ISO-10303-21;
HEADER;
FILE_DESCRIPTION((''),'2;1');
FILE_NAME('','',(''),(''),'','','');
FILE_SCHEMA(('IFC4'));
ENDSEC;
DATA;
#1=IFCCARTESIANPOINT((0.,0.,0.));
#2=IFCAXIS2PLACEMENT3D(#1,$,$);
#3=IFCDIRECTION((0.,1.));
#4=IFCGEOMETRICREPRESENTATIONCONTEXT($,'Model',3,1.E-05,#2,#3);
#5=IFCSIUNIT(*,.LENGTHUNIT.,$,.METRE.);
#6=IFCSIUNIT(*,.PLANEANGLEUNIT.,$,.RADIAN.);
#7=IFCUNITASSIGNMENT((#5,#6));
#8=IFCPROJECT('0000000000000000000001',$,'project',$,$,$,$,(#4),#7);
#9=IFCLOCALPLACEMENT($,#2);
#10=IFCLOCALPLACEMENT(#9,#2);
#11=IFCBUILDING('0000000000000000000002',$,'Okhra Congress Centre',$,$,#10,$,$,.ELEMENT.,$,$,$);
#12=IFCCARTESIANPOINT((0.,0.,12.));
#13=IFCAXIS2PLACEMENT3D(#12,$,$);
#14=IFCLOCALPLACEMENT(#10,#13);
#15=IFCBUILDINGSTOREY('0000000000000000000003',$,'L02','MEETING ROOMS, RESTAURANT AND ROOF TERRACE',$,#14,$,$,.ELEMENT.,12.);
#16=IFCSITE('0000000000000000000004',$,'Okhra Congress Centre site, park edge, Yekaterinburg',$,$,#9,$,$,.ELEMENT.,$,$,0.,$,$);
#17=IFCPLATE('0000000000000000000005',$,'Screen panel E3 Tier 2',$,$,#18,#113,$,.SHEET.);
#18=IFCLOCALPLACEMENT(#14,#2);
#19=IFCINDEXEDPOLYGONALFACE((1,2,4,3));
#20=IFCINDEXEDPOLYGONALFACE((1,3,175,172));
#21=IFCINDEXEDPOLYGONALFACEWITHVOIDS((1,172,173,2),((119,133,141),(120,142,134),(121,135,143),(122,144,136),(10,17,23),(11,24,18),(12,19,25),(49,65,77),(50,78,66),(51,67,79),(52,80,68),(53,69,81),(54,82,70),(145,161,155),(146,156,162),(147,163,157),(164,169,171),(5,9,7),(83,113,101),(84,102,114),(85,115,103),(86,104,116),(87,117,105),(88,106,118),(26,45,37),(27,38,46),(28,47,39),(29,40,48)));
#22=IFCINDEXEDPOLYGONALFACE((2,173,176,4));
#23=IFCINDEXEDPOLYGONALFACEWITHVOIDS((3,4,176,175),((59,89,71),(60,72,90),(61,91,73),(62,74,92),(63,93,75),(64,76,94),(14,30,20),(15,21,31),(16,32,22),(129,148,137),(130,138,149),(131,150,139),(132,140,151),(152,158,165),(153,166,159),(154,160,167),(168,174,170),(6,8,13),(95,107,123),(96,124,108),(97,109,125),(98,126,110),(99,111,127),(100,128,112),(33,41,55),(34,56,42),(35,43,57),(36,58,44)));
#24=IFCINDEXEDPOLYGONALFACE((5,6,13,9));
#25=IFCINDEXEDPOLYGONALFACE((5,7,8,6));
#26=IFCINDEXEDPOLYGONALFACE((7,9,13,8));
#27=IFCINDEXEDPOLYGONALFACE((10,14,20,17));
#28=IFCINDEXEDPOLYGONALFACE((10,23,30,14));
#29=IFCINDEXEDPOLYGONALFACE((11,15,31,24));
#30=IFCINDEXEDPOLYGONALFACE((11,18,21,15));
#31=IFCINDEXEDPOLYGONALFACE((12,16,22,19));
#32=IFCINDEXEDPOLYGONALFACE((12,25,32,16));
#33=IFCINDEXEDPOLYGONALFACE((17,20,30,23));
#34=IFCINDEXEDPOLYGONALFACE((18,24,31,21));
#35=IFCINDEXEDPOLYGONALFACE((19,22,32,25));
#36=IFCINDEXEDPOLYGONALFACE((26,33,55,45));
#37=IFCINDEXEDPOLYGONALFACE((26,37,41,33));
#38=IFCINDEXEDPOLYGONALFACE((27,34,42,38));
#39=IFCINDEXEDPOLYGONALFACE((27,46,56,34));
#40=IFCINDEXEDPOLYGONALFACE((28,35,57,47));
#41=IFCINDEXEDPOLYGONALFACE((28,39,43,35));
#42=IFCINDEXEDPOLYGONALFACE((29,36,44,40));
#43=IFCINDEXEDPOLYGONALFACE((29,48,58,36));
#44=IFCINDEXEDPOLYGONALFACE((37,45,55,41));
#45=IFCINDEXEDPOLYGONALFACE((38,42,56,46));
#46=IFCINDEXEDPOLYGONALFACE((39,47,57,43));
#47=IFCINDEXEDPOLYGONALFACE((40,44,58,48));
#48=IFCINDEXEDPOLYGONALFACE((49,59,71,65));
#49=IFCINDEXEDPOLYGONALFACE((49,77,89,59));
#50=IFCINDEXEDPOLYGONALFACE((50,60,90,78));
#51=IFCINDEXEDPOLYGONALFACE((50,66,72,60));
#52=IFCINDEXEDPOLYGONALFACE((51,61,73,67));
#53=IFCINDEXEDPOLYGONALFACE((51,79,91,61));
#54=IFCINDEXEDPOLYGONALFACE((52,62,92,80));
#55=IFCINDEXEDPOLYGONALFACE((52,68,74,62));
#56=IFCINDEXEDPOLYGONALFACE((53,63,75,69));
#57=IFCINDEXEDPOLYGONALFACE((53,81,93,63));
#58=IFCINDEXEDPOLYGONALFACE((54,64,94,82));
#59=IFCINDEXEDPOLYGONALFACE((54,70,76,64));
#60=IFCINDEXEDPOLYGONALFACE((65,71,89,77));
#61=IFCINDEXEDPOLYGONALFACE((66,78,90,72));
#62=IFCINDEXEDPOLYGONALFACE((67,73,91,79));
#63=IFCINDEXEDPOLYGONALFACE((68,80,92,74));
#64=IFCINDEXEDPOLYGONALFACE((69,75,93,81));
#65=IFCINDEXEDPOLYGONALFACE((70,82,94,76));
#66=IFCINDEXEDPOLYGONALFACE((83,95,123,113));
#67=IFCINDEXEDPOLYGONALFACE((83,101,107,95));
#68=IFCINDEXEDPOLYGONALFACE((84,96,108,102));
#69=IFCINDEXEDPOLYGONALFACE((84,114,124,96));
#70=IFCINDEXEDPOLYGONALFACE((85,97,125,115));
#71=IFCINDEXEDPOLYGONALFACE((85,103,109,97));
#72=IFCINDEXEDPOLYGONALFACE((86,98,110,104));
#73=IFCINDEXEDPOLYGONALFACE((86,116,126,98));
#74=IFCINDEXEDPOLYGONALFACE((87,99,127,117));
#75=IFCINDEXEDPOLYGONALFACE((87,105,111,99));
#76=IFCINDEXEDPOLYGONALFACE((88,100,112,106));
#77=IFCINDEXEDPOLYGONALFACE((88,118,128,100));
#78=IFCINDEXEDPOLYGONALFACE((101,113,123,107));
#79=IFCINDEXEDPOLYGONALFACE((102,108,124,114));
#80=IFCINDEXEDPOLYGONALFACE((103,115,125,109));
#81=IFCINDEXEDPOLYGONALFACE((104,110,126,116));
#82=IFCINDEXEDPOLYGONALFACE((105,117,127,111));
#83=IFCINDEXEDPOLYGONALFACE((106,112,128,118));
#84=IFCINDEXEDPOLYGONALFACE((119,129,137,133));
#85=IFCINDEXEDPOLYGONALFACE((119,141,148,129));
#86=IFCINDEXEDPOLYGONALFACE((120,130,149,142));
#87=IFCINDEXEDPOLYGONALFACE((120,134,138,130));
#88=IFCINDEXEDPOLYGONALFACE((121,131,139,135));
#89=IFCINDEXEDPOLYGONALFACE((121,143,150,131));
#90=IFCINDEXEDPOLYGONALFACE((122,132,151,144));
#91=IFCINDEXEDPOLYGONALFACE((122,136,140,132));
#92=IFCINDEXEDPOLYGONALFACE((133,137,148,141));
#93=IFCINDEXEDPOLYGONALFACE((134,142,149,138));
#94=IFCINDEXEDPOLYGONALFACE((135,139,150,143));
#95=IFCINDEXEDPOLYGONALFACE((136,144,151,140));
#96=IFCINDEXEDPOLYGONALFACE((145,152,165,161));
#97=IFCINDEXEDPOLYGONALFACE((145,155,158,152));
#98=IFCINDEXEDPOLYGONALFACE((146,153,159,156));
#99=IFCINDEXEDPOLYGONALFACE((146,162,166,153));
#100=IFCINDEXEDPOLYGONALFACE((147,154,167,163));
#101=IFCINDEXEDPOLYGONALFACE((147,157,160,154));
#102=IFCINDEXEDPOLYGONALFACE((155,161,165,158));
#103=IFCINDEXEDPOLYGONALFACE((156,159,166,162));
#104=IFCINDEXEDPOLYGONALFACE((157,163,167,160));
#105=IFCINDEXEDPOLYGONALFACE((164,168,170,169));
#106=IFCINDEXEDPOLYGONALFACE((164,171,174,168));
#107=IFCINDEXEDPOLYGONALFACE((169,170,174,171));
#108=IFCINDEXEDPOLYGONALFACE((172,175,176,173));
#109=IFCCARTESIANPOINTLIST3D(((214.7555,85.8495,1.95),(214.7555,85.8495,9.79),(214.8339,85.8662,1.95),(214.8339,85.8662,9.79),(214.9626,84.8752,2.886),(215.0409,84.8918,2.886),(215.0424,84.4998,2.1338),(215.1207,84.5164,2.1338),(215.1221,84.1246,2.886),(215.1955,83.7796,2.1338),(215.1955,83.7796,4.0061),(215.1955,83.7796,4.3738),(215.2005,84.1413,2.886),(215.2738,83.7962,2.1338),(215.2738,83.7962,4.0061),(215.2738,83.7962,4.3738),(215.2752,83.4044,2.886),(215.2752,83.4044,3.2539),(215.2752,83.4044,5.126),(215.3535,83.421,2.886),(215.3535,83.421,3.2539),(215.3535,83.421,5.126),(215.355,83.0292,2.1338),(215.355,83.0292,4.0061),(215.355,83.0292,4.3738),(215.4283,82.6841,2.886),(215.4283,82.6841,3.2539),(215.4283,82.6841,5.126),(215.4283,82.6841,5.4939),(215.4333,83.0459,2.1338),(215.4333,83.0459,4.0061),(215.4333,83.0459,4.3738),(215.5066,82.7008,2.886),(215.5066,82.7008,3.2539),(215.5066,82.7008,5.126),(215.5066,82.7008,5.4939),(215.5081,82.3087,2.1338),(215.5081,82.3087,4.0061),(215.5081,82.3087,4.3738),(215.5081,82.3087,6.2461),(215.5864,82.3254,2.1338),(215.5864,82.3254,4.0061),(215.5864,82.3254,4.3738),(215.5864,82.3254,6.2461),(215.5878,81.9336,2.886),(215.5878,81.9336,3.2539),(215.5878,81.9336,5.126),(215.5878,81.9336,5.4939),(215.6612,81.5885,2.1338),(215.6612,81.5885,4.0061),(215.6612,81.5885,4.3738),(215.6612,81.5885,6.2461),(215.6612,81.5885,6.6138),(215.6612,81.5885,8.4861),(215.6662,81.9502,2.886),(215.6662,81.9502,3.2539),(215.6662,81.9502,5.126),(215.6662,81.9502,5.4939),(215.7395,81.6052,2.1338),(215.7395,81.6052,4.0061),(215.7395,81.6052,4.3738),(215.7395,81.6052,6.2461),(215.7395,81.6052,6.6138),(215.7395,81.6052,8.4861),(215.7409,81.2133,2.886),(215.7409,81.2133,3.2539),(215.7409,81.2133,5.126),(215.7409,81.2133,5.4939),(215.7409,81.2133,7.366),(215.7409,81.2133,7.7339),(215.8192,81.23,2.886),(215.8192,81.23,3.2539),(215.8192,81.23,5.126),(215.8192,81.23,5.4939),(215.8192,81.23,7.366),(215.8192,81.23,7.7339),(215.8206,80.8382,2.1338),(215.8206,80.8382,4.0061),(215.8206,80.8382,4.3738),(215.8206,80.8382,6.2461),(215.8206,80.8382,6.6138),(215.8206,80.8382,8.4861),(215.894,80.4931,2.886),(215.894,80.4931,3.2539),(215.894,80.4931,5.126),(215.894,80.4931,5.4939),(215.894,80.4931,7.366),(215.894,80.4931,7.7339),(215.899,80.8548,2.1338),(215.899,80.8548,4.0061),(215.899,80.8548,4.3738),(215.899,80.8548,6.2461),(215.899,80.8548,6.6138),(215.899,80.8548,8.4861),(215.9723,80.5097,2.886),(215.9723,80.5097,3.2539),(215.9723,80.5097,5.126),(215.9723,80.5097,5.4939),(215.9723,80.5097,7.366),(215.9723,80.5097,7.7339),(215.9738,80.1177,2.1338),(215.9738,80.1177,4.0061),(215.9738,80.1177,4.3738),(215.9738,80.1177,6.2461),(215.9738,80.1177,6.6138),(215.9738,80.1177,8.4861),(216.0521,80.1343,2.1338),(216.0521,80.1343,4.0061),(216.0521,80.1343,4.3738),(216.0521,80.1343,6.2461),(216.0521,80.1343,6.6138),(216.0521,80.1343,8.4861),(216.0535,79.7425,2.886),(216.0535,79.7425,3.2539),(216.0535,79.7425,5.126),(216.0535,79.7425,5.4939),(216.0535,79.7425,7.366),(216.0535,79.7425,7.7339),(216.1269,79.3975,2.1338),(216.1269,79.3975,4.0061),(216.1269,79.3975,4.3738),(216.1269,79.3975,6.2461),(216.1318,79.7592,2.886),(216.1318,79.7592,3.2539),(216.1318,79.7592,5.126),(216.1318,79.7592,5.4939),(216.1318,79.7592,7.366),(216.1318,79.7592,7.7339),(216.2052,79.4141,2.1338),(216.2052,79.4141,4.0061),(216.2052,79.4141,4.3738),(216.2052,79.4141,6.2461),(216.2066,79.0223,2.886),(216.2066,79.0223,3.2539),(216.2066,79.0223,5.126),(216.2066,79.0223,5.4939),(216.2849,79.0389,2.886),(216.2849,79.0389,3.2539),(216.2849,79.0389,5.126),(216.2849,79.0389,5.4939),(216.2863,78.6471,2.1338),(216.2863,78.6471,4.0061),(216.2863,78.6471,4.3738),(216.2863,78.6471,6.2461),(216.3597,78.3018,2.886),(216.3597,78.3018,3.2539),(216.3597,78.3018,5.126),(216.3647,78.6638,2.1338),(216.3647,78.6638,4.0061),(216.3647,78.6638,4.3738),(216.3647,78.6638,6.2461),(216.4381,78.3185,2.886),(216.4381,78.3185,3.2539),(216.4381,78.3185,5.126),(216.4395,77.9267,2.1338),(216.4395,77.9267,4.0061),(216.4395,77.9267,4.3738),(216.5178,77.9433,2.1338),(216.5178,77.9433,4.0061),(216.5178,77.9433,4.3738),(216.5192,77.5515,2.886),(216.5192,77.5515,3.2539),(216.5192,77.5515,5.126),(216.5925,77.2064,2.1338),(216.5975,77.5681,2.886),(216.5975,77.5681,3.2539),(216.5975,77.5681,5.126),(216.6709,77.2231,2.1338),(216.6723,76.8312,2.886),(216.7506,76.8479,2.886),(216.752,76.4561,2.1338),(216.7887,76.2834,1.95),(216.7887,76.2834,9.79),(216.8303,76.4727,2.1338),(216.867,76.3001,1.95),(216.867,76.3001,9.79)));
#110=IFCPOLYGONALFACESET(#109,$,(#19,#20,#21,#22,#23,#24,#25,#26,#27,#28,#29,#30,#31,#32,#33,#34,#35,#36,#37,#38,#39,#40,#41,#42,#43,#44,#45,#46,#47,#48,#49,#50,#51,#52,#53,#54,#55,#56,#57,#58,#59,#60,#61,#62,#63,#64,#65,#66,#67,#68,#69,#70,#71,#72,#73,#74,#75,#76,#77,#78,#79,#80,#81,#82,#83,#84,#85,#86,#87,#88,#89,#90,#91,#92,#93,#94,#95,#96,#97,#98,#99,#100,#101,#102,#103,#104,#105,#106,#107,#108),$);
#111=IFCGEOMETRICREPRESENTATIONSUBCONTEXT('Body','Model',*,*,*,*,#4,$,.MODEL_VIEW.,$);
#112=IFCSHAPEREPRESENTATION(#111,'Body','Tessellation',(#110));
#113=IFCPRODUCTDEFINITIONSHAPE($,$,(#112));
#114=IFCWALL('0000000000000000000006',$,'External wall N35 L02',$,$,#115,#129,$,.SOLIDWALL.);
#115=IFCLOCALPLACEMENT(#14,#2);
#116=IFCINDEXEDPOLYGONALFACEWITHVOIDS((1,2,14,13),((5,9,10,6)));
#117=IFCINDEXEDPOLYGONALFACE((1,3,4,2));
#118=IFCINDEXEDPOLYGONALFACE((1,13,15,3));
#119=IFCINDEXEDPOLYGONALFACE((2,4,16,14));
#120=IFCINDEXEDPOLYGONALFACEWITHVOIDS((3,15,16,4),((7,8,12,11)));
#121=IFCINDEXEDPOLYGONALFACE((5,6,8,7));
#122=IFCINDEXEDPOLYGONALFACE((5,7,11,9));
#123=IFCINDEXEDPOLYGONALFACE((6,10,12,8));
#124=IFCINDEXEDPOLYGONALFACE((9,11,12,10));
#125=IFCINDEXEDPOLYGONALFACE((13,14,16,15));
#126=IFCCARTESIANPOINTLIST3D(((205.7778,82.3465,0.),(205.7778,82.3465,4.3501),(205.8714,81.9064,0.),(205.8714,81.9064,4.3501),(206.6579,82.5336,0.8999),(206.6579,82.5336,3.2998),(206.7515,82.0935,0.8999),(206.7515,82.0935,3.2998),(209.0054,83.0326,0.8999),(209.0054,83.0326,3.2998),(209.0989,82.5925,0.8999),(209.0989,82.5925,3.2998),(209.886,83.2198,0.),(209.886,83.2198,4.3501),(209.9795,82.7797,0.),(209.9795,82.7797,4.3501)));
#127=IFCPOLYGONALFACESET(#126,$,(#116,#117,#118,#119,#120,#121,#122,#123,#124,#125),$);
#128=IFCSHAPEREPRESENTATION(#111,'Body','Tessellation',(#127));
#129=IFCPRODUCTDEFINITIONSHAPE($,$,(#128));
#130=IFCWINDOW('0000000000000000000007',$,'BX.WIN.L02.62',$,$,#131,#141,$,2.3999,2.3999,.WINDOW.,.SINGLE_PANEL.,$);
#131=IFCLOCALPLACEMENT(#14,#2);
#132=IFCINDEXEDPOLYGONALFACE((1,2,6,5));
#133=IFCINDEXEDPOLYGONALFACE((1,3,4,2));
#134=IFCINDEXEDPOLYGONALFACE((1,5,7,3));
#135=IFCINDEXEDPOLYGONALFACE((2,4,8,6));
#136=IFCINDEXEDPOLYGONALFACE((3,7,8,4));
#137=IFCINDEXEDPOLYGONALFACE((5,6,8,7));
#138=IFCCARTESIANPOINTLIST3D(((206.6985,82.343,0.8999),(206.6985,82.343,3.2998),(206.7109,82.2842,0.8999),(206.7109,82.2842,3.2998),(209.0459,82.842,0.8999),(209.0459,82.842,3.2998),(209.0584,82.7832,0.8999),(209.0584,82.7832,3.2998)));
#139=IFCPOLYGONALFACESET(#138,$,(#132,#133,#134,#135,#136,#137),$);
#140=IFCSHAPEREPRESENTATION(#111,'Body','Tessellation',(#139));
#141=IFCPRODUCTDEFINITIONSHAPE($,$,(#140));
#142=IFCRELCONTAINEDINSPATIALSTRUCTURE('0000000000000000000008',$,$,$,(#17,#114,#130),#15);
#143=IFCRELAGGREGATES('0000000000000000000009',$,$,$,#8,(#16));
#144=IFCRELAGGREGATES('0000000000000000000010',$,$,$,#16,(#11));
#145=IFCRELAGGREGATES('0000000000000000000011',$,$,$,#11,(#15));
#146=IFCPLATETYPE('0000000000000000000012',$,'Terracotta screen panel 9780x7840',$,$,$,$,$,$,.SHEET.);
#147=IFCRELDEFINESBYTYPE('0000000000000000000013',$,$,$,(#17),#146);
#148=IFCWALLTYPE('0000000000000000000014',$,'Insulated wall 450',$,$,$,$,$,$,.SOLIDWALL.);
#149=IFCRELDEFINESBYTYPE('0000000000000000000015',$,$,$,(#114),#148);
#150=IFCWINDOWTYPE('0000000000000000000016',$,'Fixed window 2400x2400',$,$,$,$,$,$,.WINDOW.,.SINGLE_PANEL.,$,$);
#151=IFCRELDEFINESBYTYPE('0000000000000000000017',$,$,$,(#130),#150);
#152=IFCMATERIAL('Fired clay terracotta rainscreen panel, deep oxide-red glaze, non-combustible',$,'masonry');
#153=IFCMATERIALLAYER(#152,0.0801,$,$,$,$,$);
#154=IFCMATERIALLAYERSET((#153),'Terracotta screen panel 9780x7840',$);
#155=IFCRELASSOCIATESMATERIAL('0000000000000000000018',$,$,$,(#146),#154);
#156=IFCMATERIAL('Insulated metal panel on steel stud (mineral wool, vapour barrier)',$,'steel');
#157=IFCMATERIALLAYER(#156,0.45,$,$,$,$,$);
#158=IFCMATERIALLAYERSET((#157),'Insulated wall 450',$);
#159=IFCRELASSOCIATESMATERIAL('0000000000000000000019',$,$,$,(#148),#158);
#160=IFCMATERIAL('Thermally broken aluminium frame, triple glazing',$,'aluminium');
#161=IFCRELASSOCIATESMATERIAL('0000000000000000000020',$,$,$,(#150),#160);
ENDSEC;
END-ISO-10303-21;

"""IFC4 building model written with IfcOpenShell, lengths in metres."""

from ifc_helpers import new_model, si_unit, direction, frame, frame_2d, origin, place, context, subcontext, project, spatial, polyline, rectangle, outline, extrude, material, layer, layer_set, type_object, element, fill, save


model = new_model("IFC4")

# Units and contexts
model_context = context("Model", 3, precision=1e-05, world=origin(), true_north=direction((0.0, 1.0)))
body_context = subcontext(model_context, "Body", "Model", "MODEL_VIEW")
ifc_project = project(units=[si_unit("LENGTHUNIT", "METRE"), si_unit("PLANEANGLEUNIT", "RADIAN")], contexts=[model_context])

# Site, building, storey
site_placement = place(None, origin())
site = spatial("IfcSite", under=ifc_project, at=site_placement, Name="Okhra Congress Centre site, park edge, Yekaterinburg", CompositionType="ELEMENT", RefElevation=0.0)
building_placement = place(site_placement, origin())
building = spatial("IfcBuilding", under=site, at=building_placement, Name="Okhra Congress Centre", CompositionType="ELEMENT")
storey_placement = place(building_placement, frame((0.0, 0.0, 12.0)))
storey = spatial("IfcBuildingStorey", under=building, at=storey_placement, Name="L02", Description="MEETING ROOMS, RESTAURANT AND ROOF TERRACE", CompositionType="ELEMENT", Elevation=12.0)

# Plate
ifc_material_1 = material(Name="Fired clay terracotta rainscreen panel, deep oxide-red glaze, non-combustible", Category="masonry")
ifc_layer_1 = layer(ifc_material_1, 0.0801)
ifc_layer_set_1 = layer_set([ifc_layer_1], Name="Terracotta screen panel 9780x7840")
plate_type_1 = type_object("IfcPlateType", Name="Terracotta screen panel 9780x7840", PredefinedType="SHEET", material=ifc_layer_set_1)
plate_1_placement = place(storey_placement, frame((216.8279, 76.2917, 1.95), z_axis=(0.0, 0.0, 1.0), x_axis=(-0.207897, 0.978151, 0.0)))
element("IfcPlate", 1, at=plate_1_placement, inside=storey, type_object=plate_type_1, Name="Screen panel E3 Tier 2", PredefinedType="SHEET", context=body_context, shape_type="SweptSolid", body=[
    extrude(outline(polyline([(0.0, 0.0), (9.7798, 0.0), (9.7798, 7.8401), (0.0, 7.8401), (0.0, 0.0)]), holes=[polyline([(0.1765, 0.1838), (0.9436, 0.1838), (0.5601, 0.936), (0.1765, 0.1838)]), polyline([(1.2964, 0.936), (1.6799, 0.1838), (2.0635, 0.936), (1.2964, 0.936)]), polyline([(2.4165, 0.1838), (3.1836, 0.1838), (2.8, 0.936), (2.4165, 0.1838)]), polyline([(3.5364, 0.936), (3.9199, 0.1838), (4.3037, 0.936), (3.5364, 0.936)]), polyline([(4.6565, 0.1838), (5.4236, 0.1838), (5.04, 0.936), (4.6565, 0.1838)]), polyline([(5.7764, 0.936), (6.1599, 0.1838), (6.5437, 0.936), (5.7764, 0.936)]), polyline([(6.8965, 0.1838), (7.6636, 0.1838), (7.28, 0.936), (6.8965, 0.1838)]), polyline([(8.0164, 0.936), (8.3999, 0.1838), (8.7837, 0.936), (8.0164, 0.936)]), polyline([(1.2964, 1.304), (2.0635, 1.304), (1.6799, 2.0562), (1.2964, 1.304)]), polyline([(2.4165, 2.0562), (2.8, 1.304), (3.1836, 2.0562), (2.4165, 2.0562)]), polyline([(3.5364, 1.304), (4.3037, 1.304), (3.9199, 2.0562), (3.5364, 1.304)]), polyline([(4.6565, 2.0562), (5.04, 1.304), (5.4236, 2.0562), (4.6565, 2.0562)]), polyline([(5.7764, 1.304), (6.5437, 1.304), (6.1599, 2.0562), (5.7764, 1.304)]), polyline([(6.8965, 2.0562), (7.28, 1.304), (7.6636, 2.0562), (6.8965, 2.0562)]), polyline([(1.2964, 3.176), (1.6799, 2.4238), (2.0635, 3.176), (1.2964, 3.176)]), polyline([(2.4165, 2.4238), (3.1836, 2.4238), (2.8, 3.176), (2.4165, 2.4238)]), polyline([(3.5364, 3.176), (3.9199, 2.4238), (4.3037, 3.176), (3.5364, 3.176)]), polyline([(4.6565, 2.4238), (5.4236, 2.4238), (5.04, 3.176), (4.6565, 2.4238)]), polyline([(5.7764, 3.176), (6.1599, 2.4238), (6.5437, 3.176), (5.7764, 3.176)]), polyline([(6.8965, 2.4238), (7.6636, 2.4238), (7.28, 3.176), (6.8965, 2.4238)]), polyline([(2.4165, 4.2961), (2.8, 3.5439), (3.1836, 4.2961), (2.4165, 4.2961)]), polyline([(3.5364, 3.5439), (4.3037, 3.5439), (3.9199, 4.2961), (3.5364, 3.5439)]), polyline([(4.6565, 4.2961), (5.04, 3.5439), (5.4236, 4.2961), (4.6565, 4.2961)]), polyline([(5.7764, 3.5439), (6.5437, 3.5439), (6.1599, 4.2961), (5.7764, 3.5439)]), polyline([(3.5364, 5.416), (3.9199, 4.6638), (4.3037, 5.416), (3.5364, 5.416)]), polyline([(4.6565, 4.6638), (5.4236, 4.6638), (5.04, 5.416), (4.6565, 4.6638)]), polyline([(3.5364, 5.7839), (4.3037, 5.7839), (3.9199, 6.5361), (3.5364, 5.7839)]), polyline([(4.6565, 6.5361), (5.04, 5.7839), (5.4236, 6.5361), (4.6565, 6.5361)])]), frame((0.0, 0.04, 0.0), z_axis=(0.0, -1.0, 0.0), x_axis=(1.0, 0.0, 0.0)), (0.0, 0.0, 1.0), 0.0801),
])

# Wall, opening, window
ifc_material_2 = material(Name="Insulated metal panel on steel stud (mineral wool, vapour barrier)", Category="steel")
ifc_layer_2 = layer(ifc_material_2, 0.45)
ifc_layer_set_2 = layer_set([ifc_layer_2], Name="Insulated wall 450")
wall_type_1 = type_object("IfcWallType", Name="Insulated wall 450", PredefinedType="SOLIDWALL", material=ifc_layer_set_2)
wall_1_placement = place(storey_placement, frame((205.8245, 82.1265, 0.0), z_axis=(0.0, 0.0, 1.0), x_axis=(0.978144, 0.207929, 0.0)))
wall_1 = element("IfcWall", 2, at=wall_1_placement, inside=storey, type_object=wall_type_1, Name="External wall N35 L02", PredefinedType="SOLIDWALL", context=body_context, shape_type="SweptSolid", body=[
    extrude(rectangle(XDim=4.2, YDim=0.45, at=frame_2d((2.1001, 0.0))), origin(), (0.0, 0.0, 1.0), 4.3501),
])
opening_1_placement = place(wall_1_placement, frame((0.8999, 0.0, 0.8999)))
opening_1 = element("IfcOpeningElement", 3, at=opening_1_placement, cuts=wall_1, PredefinedType="OPENING", context=body_context, shape_type="SweptSolid", body=[
    extrude(rectangle(XDim=2.3999, YDim=2.3999, at=frame_2d((1.2, 1.2))), frame((0.0, 0.2349, 0.0), z_axis=(0.0, -1.0, 0.0), x_axis=(1.0, 0.0, 0.0)), (0.0, 0.0, 1.0), 0.47),
])
ifc_material_3 = material(Name="Thermally broken aluminium frame, triple glazing", Category="aluminium")
window_type_1 = type_object("IfcWindowType", Name="Fixed window 2400x2400", PartitioningType="SINGLE_PANEL", PredefinedType="WINDOW", material=ifc_material_3)
window_1_placement = place(opening_1_placement, origin())
window_1 = element("IfcWindow", 4, at=window_1_placement, inside=storey, type_object=window_type_1, Name="BX.WIN.L02.62", OverallHeight=2.3999, OverallWidth=2.3999, PartitioningType="SINGLE_PANEL", PredefinedType="WINDOW", context=body_context, shape_type="SweptSolid", body=[
    extrude(rectangle(XDim=2.3999, YDim=2.3999, at=frame_2d((1.2, 1.2))), frame((0.0, 0.03, 0.0), z_axis=(0.0, -1.0, 0.0), x_axis=(1.0, 0.0, 0.0)), (0.0, 0.0, 1.0), 0.0601),
])
fill(opening_1, window_1)

save(model, "model.ifc")
